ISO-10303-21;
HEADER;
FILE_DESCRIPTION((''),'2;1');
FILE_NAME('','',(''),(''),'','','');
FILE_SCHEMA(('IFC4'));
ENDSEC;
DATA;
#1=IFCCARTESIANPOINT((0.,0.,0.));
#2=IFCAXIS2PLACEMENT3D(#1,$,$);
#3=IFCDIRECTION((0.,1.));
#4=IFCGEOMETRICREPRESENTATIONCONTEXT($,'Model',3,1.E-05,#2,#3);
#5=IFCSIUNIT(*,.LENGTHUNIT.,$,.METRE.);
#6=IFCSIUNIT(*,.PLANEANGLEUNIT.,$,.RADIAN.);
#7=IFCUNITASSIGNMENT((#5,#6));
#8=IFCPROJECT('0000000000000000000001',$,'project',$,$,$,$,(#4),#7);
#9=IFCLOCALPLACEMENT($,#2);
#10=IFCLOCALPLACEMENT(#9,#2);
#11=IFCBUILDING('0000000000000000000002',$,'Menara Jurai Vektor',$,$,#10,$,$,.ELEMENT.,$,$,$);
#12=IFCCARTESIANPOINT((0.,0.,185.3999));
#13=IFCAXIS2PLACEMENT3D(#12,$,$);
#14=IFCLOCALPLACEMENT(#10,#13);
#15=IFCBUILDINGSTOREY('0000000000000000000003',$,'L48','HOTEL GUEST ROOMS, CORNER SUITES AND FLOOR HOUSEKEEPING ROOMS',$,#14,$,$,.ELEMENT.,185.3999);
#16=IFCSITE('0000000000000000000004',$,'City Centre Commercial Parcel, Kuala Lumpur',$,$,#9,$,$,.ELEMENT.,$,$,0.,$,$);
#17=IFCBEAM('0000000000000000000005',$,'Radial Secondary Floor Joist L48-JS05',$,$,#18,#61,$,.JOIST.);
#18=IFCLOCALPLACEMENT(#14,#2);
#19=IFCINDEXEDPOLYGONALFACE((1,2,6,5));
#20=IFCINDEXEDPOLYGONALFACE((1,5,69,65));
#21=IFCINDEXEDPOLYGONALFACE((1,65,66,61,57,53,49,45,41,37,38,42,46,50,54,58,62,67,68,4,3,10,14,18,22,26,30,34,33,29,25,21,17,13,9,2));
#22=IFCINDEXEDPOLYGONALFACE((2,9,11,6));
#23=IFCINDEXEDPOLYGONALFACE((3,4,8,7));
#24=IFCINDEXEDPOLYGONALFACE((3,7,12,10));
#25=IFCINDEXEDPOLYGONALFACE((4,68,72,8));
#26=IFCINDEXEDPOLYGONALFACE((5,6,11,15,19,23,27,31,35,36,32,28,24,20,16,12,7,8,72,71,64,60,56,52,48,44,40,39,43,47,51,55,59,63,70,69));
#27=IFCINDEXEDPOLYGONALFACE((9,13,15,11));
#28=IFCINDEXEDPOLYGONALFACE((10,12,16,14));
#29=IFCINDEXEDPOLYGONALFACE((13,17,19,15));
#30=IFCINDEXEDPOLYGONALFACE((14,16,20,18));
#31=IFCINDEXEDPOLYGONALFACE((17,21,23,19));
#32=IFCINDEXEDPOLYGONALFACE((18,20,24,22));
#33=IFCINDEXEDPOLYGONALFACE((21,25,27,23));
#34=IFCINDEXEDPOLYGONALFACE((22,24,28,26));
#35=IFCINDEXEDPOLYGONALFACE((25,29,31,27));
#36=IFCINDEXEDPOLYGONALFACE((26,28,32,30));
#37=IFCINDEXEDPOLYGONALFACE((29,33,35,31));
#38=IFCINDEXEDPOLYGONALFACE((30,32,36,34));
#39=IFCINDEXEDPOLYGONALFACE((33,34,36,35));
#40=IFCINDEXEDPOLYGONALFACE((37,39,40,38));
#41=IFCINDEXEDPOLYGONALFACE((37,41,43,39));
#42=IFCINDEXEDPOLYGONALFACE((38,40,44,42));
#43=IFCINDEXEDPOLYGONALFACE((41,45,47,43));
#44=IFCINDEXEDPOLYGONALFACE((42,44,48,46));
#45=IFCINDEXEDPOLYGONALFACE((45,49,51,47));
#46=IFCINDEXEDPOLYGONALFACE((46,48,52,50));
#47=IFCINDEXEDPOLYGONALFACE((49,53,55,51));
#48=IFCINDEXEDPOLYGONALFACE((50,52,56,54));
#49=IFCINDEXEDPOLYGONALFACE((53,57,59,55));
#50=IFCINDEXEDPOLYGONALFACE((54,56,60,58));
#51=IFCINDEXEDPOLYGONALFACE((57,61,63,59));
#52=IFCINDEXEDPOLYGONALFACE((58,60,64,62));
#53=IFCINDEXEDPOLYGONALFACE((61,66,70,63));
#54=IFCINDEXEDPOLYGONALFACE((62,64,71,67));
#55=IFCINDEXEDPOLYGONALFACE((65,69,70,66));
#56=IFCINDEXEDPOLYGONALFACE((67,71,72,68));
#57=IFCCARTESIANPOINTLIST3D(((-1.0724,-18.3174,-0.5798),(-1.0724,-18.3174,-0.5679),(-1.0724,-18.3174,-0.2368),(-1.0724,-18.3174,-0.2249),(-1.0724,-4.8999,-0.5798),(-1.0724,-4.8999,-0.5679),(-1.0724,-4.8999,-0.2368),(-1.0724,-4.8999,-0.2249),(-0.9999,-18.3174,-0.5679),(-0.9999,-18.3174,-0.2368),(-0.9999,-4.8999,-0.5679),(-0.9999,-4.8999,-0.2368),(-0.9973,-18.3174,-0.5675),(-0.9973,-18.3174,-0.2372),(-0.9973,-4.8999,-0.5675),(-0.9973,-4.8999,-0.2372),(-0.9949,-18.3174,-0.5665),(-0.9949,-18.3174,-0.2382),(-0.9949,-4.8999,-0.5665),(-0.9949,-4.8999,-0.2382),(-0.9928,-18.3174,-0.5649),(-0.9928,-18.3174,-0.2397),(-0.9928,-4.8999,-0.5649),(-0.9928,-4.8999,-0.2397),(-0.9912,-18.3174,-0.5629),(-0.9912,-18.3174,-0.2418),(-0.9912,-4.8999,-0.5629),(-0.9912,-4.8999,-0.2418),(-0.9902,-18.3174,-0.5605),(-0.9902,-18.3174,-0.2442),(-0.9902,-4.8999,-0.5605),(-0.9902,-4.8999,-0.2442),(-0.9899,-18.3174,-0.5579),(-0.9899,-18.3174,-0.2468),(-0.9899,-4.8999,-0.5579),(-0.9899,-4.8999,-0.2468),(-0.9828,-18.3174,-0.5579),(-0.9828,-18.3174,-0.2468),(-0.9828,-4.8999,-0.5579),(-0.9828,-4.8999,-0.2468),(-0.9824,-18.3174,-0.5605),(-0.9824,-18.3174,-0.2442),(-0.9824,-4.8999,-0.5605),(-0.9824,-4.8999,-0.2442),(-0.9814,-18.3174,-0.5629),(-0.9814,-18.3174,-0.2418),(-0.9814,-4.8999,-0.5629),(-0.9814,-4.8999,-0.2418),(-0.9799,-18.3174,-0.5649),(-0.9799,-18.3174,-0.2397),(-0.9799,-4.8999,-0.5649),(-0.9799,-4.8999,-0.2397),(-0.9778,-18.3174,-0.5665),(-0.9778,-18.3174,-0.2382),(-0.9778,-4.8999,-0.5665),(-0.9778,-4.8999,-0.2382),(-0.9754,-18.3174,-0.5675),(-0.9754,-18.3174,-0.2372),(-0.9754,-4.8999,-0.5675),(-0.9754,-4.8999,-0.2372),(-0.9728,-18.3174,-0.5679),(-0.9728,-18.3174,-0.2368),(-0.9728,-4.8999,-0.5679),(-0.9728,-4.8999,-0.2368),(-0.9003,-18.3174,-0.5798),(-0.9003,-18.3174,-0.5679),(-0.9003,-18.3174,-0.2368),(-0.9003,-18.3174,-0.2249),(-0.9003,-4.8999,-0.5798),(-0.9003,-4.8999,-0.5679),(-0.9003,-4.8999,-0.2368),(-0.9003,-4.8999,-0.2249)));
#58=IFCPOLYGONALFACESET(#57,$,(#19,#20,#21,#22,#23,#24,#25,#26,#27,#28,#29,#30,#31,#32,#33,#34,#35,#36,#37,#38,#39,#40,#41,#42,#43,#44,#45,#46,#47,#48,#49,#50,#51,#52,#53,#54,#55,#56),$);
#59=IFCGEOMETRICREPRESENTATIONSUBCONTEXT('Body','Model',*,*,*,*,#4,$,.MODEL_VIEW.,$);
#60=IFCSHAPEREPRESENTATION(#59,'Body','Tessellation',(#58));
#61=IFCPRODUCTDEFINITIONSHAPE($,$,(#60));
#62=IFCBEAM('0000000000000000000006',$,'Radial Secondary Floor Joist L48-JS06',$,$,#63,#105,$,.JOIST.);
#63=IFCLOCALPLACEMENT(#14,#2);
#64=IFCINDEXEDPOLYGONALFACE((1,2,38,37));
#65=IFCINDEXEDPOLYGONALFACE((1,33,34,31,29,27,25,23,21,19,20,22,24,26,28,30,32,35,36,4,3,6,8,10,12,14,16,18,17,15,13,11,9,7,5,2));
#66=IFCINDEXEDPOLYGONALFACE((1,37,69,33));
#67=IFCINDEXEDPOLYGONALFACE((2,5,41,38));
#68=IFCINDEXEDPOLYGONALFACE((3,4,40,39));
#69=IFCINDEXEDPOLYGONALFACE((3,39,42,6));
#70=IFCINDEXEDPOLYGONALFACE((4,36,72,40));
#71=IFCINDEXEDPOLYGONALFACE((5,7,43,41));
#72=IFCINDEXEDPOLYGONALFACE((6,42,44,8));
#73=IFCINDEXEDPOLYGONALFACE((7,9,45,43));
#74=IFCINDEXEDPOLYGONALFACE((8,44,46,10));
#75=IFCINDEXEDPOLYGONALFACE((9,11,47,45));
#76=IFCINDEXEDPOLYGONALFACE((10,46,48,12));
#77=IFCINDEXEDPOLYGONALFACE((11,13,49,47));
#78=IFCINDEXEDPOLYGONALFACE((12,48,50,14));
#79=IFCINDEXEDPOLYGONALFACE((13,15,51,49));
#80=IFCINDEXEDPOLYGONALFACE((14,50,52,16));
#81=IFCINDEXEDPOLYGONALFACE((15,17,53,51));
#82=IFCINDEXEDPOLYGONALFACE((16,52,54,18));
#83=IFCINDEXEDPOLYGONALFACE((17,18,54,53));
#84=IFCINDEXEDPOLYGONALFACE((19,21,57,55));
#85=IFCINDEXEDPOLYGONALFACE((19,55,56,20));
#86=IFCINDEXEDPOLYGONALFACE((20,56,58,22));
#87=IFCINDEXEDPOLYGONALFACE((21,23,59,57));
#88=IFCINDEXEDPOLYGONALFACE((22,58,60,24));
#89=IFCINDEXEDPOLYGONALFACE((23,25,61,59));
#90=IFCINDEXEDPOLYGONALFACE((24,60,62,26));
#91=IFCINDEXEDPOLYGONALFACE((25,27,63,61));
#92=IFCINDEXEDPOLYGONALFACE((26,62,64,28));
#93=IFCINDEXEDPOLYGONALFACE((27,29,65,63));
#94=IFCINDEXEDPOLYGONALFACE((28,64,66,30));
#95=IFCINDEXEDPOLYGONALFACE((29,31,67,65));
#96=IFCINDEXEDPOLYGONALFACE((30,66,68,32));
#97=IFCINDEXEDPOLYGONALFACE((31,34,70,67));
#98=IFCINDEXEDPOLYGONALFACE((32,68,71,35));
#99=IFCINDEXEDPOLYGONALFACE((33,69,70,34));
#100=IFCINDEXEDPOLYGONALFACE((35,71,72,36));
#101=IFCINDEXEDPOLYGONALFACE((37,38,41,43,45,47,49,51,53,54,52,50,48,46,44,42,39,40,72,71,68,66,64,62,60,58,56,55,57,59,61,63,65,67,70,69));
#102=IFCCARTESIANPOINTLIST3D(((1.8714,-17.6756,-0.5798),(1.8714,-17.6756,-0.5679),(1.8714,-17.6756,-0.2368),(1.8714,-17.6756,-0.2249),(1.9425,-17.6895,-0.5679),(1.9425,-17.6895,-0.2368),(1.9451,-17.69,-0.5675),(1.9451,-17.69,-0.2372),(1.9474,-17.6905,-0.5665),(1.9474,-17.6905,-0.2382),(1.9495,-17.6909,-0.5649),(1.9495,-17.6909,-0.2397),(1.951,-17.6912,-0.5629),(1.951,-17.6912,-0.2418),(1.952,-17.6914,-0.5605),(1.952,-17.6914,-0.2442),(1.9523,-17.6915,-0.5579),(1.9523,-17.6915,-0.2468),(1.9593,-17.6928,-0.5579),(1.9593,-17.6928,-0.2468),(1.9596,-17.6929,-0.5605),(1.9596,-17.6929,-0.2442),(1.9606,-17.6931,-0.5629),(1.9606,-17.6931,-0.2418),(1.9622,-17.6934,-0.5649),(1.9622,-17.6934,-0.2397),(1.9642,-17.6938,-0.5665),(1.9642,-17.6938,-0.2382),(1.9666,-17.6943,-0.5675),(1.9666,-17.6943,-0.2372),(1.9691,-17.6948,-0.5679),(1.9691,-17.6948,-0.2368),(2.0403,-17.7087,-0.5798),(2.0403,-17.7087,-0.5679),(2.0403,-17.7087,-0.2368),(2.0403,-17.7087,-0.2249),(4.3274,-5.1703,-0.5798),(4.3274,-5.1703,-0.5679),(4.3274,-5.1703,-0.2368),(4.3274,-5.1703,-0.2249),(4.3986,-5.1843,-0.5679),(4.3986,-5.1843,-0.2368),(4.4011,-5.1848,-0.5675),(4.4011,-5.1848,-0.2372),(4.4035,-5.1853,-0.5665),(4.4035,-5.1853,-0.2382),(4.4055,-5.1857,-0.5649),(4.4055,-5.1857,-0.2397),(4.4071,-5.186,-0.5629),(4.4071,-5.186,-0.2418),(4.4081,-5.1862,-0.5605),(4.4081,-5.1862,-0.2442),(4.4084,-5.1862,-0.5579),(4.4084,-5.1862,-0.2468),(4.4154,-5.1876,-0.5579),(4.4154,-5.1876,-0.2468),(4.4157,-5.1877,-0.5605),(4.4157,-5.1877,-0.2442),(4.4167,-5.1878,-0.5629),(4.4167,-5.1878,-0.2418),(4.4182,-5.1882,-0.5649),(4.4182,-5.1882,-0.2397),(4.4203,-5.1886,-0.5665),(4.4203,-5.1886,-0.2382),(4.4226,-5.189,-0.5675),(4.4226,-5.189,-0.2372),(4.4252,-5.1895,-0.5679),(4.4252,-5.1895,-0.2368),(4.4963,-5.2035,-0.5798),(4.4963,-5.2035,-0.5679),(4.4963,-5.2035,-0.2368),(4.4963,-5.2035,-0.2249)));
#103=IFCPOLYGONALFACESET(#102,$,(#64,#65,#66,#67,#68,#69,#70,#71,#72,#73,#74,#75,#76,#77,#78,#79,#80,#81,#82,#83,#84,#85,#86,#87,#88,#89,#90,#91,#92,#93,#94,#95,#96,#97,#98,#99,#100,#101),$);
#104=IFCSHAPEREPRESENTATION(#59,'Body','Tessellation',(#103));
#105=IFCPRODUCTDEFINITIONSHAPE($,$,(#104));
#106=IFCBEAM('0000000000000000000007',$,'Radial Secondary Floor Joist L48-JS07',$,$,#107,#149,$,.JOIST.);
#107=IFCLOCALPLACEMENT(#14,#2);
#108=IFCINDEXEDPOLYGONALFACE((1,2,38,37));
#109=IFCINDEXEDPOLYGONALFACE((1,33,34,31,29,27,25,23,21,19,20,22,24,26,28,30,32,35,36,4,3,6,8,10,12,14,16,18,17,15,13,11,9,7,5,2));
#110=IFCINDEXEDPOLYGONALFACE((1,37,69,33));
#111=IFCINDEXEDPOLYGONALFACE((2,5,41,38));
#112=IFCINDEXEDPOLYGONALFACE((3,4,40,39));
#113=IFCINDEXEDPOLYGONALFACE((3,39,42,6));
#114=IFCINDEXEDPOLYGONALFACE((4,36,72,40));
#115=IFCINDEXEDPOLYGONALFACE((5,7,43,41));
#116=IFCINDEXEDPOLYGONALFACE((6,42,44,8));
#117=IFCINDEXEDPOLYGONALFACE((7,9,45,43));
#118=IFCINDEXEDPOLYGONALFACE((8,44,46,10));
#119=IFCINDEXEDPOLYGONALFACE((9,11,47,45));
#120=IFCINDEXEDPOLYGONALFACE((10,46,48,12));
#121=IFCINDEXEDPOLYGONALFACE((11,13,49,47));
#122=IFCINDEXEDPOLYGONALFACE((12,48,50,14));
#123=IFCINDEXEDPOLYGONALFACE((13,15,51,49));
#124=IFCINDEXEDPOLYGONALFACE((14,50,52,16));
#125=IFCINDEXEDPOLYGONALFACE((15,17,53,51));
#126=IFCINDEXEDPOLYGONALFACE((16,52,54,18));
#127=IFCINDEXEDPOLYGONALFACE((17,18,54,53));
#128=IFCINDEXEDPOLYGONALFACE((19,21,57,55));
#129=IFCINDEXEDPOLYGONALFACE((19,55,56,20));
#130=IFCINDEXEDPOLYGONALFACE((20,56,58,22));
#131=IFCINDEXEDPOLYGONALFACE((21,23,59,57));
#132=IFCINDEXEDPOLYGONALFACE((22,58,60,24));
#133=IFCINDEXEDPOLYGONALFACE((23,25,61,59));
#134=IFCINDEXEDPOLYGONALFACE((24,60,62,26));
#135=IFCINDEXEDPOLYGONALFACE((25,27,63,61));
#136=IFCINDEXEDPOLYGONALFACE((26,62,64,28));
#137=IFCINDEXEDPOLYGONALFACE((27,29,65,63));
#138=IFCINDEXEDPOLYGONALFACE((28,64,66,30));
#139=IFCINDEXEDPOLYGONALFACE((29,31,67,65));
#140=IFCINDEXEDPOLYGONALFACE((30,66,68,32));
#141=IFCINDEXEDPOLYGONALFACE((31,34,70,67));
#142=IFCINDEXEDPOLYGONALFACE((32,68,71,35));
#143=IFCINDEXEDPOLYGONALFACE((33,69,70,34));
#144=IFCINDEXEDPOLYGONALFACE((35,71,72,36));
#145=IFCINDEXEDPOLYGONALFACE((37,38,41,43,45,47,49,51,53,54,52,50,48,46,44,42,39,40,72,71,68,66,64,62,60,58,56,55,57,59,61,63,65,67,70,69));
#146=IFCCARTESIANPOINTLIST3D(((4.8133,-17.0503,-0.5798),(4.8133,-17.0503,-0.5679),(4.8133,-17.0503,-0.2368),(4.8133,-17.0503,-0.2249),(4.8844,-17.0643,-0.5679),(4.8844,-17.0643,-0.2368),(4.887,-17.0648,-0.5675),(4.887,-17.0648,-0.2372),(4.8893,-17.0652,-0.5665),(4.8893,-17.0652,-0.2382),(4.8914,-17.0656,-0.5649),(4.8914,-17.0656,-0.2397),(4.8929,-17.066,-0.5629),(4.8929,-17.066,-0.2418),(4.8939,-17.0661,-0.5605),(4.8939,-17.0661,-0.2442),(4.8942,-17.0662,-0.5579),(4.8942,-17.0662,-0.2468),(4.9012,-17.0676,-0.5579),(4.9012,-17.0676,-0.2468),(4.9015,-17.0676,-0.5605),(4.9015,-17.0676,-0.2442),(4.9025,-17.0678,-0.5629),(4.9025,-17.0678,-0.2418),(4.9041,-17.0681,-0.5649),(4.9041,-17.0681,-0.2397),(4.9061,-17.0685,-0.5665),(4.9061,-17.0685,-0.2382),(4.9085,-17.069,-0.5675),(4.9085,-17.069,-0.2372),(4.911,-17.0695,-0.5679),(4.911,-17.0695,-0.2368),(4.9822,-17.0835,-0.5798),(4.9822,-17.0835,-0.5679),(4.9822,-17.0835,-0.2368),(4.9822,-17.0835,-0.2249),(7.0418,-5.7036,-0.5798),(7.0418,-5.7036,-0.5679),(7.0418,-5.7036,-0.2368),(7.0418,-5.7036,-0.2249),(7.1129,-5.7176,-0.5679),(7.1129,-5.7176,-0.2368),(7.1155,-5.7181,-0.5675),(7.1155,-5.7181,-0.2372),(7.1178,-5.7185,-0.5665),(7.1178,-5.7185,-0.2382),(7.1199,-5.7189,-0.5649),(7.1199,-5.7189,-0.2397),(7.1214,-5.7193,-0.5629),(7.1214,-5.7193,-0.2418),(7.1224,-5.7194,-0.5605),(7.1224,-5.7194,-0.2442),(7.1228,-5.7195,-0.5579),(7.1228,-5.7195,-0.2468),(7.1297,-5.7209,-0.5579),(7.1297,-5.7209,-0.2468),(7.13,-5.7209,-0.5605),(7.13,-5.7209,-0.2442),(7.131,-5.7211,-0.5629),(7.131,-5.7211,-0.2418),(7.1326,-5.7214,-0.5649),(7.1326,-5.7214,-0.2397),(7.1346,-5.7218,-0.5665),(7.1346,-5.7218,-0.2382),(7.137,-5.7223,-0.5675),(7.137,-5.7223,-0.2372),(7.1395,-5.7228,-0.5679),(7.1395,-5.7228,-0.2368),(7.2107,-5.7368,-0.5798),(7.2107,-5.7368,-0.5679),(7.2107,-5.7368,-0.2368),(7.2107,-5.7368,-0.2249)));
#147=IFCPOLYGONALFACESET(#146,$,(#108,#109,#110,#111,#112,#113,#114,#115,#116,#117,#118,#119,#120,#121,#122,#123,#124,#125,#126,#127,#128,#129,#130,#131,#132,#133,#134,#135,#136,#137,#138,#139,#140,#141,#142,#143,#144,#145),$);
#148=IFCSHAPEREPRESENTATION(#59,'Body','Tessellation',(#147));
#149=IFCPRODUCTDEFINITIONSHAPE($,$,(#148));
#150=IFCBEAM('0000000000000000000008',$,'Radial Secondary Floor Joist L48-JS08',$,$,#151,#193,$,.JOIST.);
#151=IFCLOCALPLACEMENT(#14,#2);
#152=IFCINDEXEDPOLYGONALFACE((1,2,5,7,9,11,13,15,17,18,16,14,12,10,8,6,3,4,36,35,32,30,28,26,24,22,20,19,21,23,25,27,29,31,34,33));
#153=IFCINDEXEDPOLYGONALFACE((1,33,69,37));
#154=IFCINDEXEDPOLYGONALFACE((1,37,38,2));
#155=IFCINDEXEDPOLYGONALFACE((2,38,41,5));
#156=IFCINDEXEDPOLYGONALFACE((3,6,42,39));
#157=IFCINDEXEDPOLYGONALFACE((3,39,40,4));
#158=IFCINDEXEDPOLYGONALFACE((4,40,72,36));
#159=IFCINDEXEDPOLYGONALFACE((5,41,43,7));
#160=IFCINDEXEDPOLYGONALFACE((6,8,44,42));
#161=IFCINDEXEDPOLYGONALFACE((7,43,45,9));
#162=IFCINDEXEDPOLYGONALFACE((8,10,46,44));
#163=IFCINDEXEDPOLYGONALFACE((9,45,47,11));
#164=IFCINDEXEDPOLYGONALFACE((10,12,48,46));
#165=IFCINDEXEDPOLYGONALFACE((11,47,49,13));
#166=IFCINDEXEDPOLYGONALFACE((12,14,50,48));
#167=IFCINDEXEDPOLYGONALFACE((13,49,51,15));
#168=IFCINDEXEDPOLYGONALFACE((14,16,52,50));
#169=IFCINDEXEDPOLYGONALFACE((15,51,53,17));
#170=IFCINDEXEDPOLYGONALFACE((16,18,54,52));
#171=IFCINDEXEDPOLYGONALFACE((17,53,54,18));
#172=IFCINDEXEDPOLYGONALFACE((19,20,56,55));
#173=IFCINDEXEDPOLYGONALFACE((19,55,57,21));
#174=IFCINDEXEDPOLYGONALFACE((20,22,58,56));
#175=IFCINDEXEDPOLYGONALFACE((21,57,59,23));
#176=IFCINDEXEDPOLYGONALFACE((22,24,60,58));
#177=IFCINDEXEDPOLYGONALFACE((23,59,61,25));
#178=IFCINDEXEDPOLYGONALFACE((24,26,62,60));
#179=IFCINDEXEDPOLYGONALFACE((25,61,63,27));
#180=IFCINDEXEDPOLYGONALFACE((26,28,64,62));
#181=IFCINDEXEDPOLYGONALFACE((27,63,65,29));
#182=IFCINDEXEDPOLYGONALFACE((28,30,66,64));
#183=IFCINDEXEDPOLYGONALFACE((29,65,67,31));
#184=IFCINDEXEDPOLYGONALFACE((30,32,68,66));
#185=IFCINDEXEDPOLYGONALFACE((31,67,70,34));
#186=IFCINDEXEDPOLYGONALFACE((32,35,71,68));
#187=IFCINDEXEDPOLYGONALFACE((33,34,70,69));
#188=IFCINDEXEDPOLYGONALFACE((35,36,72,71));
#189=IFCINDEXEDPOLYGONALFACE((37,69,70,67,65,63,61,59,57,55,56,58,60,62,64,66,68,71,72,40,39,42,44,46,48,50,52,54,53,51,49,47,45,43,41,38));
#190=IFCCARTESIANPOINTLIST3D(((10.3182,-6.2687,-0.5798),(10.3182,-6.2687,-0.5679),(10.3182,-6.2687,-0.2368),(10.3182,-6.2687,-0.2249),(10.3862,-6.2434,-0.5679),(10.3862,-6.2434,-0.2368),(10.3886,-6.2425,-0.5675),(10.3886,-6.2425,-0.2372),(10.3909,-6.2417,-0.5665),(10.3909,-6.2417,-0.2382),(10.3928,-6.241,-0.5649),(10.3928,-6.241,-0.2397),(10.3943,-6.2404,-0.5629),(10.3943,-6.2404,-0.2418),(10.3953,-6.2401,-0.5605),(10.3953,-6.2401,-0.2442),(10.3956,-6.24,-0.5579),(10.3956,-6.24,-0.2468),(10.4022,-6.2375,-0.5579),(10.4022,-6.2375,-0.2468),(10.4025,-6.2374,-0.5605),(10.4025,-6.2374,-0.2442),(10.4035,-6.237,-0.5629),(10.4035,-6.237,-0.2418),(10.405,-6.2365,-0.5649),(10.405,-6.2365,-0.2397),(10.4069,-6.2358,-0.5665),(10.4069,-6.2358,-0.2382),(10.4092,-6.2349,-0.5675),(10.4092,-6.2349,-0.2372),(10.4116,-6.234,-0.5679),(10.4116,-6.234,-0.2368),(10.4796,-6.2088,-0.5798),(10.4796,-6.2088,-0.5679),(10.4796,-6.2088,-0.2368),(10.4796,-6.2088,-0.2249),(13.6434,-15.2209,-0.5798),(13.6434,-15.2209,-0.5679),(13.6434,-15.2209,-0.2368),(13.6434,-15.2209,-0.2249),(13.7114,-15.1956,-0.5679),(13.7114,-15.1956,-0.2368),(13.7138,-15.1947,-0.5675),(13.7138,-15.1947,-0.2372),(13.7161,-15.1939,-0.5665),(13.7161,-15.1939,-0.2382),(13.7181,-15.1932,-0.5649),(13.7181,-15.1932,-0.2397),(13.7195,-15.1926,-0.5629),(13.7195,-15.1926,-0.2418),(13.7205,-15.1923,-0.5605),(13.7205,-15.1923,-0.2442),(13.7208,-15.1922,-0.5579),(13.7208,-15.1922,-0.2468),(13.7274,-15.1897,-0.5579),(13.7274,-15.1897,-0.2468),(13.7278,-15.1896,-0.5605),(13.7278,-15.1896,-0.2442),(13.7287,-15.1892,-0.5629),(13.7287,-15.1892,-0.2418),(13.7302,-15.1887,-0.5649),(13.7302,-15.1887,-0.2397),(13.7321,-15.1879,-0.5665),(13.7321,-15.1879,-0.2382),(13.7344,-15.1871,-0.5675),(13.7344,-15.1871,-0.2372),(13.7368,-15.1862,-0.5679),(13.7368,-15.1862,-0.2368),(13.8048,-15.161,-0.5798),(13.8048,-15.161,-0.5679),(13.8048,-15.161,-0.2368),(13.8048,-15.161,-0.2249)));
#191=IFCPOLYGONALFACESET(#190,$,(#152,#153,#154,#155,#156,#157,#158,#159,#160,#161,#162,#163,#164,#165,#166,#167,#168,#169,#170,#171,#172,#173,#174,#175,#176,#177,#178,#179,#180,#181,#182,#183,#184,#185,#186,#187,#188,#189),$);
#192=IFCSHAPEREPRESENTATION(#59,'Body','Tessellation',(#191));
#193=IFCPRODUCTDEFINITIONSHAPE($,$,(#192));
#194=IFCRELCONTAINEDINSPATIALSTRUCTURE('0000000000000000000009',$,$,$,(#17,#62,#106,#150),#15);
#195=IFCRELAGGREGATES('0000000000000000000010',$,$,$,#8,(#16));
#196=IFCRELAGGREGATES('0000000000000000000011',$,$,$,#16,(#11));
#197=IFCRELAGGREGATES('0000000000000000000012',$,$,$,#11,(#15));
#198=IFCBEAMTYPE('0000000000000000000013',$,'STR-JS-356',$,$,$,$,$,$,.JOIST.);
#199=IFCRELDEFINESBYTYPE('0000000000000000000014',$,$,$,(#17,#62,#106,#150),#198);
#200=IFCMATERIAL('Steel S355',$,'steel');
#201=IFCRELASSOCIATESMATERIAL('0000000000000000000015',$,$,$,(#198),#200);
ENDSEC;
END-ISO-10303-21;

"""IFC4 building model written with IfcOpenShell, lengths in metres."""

from ifc_helpers import new_model, si_unit, direction, frame, origin, origin_2d, place, context, subcontext, project, spatial, i_section, extrude, material, material_profile, profile_set, type_object, element, save


model = new_model("IFC4")

# Units and contexts
model_context = context("Model", 3, precision=1e-05, world=origin(), true_north=direction((0.0, 1.0)))
body_context = subcontext(model_context, "Body", "Model", "MODEL_VIEW")
ifc_project = project(units=[si_unit("LENGTHUNIT", "METRE"), si_unit("PLANEANGLEUNIT", "RADIAN")], contexts=[model_context])

# Site, building, storey
site_placement = place(None, origin())
site = spatial("IfcSite", under=ifc_project, at=site_placement, Name="City Centre Commercial Parcel, Kuala Lumpur", CompositionType="ELEMENT", RefElevation=0.0)
building_placement = place(site_placement, origin())
building = spatial("IfcBuilding", under=site, at=building_placement, Name="Menara Jurai Vektor", CompositionType="ELEMENT")
storey_placement = place(building_placement, frame((0.0, 0.0, 185.3999)))
storey = spatial("IfcBuildingStorey", under=building, at=storey_placement, Name="L48", Description="HOTEL GUEST ROOMS, CORNER SUITES AND FLOOR HOUSEKEEPING ROOMS", CompositionType="ELEMENT", Elevation=185.3999)

# Beams
ifc_material_1 = material(Name="Steel S355", Category="steel")
ifc_material_profile_1 = material_profile(ifc_material_1, i_section(OverallWidth=0.1721, OverallDepth=0.355, WebThickness=0.0071, FlangeThickness=0.012, FilletRadius=0.01, at=origin_2d()), Name="UKB 356x171x51")
ifc_profile_set_1 = profile_set([ifc_material_profile_1], Name="Steel S355")
beam_type_1 = type_object("IfcBeamType", Name="STR-JS-356", PredefinedType="JOIST", material=ifc_profile_set_1)
beam_1_placement = place(storey_placement, frame((-0.9863, -18.3174, -0.4023), z_axis=(0.0, 1.0, 0.0), x_axis=(-1.0, 0.0, 0.0)))
element("IfcBeam", 1, at=beam_1_placement, inside=storey, type_object=beam_type_1, Name="Radial Secondary Floor Joist L48-JS05", PredefinedType="JOIST", context=body_context, shape_type="SweptSolid", body=[
    extrude(i_section(OverallWidth=0.1721, OverallDepth=0.355, WebThickness=0.0071, FlangeThickness=0.012, FilletRadius=0.01, at=origin_2d()), origin(), (0.0, 0.0, 1.0), 13.4175),
])
beam_2_placement = place(storey_placement, frame((1.9558, -17.6921, -0.4023), z_axis=(0.192722, 0.981253, 0.0), x_axis=(-0.981253, 0.192722, 0.0)))
element("IfcBeam", 2, at=beam_2_placement, inside=storey, type_object=beam_type_1, Name="Radial Secondary Floor Joist L48-JS06", PredefinedType="JOIST", context=body_context, shape_type="SweptSolid", body=[
    extrude(i_section(OverallWidth=0.1721, OverallDepth=0.355, WebThickness=0.0071, FlangeThickness=0.012, FilletRadius=0.01, at=origin_2d()), origin(), (0.0, 0.0, 1.0), 12.7441),
])
beam_3_placement = place(storey_placement, frame((4.8977, -17.0669, -0.4023), z_axis=(0.192721, 0.981254, 0.0), x_axis=(-0.981254, 0.192721, 0.0)))
element("IfcBeam", 3, at=beam_3_placement, inside=storey, type_object=beam_type_1, Name="Radial Secondary Floor Joist L48-JS07", PredefinedType="JOIST", context=body_context, shape_type="SweptSolid", body=[
    extrude(i_section(OverallWidth=0.1721, OverallDepth=0.355, WebThickness=0.0071, FlangeThickness=0.012, FilletRadius=0.01, at=origin_2d()), origin(), (0.0, 0.0, 1.0), 11.5635),
])
beam_4_placement = place(storey_placement, frame((13.7241, -15.1909, -0.4023), z_axis=(-0.348197, 0.937421, 0.0), x_axis=(-0.937421, -0.348197, 0.0)))
element("IfcBeam", 4, at=beam_4_placement, inside=storey, type_object=beam_type_1, Name="Radial Secondary Floor Joist L48-JS08", PredefinedType="JOIST", context=body_context, shape_type="SweptSolid", body=[
    extrude(i_section(OverallWidth=0.1721, OverallDepth=0.355, WebThickness=0.0071, FlangeThickness=0.012, FilletRadius=0.01, at=origin_2d()), origin(), (0.0, 0.0, 1.0), 9.5498),
])

save(model, "model.ifc")
